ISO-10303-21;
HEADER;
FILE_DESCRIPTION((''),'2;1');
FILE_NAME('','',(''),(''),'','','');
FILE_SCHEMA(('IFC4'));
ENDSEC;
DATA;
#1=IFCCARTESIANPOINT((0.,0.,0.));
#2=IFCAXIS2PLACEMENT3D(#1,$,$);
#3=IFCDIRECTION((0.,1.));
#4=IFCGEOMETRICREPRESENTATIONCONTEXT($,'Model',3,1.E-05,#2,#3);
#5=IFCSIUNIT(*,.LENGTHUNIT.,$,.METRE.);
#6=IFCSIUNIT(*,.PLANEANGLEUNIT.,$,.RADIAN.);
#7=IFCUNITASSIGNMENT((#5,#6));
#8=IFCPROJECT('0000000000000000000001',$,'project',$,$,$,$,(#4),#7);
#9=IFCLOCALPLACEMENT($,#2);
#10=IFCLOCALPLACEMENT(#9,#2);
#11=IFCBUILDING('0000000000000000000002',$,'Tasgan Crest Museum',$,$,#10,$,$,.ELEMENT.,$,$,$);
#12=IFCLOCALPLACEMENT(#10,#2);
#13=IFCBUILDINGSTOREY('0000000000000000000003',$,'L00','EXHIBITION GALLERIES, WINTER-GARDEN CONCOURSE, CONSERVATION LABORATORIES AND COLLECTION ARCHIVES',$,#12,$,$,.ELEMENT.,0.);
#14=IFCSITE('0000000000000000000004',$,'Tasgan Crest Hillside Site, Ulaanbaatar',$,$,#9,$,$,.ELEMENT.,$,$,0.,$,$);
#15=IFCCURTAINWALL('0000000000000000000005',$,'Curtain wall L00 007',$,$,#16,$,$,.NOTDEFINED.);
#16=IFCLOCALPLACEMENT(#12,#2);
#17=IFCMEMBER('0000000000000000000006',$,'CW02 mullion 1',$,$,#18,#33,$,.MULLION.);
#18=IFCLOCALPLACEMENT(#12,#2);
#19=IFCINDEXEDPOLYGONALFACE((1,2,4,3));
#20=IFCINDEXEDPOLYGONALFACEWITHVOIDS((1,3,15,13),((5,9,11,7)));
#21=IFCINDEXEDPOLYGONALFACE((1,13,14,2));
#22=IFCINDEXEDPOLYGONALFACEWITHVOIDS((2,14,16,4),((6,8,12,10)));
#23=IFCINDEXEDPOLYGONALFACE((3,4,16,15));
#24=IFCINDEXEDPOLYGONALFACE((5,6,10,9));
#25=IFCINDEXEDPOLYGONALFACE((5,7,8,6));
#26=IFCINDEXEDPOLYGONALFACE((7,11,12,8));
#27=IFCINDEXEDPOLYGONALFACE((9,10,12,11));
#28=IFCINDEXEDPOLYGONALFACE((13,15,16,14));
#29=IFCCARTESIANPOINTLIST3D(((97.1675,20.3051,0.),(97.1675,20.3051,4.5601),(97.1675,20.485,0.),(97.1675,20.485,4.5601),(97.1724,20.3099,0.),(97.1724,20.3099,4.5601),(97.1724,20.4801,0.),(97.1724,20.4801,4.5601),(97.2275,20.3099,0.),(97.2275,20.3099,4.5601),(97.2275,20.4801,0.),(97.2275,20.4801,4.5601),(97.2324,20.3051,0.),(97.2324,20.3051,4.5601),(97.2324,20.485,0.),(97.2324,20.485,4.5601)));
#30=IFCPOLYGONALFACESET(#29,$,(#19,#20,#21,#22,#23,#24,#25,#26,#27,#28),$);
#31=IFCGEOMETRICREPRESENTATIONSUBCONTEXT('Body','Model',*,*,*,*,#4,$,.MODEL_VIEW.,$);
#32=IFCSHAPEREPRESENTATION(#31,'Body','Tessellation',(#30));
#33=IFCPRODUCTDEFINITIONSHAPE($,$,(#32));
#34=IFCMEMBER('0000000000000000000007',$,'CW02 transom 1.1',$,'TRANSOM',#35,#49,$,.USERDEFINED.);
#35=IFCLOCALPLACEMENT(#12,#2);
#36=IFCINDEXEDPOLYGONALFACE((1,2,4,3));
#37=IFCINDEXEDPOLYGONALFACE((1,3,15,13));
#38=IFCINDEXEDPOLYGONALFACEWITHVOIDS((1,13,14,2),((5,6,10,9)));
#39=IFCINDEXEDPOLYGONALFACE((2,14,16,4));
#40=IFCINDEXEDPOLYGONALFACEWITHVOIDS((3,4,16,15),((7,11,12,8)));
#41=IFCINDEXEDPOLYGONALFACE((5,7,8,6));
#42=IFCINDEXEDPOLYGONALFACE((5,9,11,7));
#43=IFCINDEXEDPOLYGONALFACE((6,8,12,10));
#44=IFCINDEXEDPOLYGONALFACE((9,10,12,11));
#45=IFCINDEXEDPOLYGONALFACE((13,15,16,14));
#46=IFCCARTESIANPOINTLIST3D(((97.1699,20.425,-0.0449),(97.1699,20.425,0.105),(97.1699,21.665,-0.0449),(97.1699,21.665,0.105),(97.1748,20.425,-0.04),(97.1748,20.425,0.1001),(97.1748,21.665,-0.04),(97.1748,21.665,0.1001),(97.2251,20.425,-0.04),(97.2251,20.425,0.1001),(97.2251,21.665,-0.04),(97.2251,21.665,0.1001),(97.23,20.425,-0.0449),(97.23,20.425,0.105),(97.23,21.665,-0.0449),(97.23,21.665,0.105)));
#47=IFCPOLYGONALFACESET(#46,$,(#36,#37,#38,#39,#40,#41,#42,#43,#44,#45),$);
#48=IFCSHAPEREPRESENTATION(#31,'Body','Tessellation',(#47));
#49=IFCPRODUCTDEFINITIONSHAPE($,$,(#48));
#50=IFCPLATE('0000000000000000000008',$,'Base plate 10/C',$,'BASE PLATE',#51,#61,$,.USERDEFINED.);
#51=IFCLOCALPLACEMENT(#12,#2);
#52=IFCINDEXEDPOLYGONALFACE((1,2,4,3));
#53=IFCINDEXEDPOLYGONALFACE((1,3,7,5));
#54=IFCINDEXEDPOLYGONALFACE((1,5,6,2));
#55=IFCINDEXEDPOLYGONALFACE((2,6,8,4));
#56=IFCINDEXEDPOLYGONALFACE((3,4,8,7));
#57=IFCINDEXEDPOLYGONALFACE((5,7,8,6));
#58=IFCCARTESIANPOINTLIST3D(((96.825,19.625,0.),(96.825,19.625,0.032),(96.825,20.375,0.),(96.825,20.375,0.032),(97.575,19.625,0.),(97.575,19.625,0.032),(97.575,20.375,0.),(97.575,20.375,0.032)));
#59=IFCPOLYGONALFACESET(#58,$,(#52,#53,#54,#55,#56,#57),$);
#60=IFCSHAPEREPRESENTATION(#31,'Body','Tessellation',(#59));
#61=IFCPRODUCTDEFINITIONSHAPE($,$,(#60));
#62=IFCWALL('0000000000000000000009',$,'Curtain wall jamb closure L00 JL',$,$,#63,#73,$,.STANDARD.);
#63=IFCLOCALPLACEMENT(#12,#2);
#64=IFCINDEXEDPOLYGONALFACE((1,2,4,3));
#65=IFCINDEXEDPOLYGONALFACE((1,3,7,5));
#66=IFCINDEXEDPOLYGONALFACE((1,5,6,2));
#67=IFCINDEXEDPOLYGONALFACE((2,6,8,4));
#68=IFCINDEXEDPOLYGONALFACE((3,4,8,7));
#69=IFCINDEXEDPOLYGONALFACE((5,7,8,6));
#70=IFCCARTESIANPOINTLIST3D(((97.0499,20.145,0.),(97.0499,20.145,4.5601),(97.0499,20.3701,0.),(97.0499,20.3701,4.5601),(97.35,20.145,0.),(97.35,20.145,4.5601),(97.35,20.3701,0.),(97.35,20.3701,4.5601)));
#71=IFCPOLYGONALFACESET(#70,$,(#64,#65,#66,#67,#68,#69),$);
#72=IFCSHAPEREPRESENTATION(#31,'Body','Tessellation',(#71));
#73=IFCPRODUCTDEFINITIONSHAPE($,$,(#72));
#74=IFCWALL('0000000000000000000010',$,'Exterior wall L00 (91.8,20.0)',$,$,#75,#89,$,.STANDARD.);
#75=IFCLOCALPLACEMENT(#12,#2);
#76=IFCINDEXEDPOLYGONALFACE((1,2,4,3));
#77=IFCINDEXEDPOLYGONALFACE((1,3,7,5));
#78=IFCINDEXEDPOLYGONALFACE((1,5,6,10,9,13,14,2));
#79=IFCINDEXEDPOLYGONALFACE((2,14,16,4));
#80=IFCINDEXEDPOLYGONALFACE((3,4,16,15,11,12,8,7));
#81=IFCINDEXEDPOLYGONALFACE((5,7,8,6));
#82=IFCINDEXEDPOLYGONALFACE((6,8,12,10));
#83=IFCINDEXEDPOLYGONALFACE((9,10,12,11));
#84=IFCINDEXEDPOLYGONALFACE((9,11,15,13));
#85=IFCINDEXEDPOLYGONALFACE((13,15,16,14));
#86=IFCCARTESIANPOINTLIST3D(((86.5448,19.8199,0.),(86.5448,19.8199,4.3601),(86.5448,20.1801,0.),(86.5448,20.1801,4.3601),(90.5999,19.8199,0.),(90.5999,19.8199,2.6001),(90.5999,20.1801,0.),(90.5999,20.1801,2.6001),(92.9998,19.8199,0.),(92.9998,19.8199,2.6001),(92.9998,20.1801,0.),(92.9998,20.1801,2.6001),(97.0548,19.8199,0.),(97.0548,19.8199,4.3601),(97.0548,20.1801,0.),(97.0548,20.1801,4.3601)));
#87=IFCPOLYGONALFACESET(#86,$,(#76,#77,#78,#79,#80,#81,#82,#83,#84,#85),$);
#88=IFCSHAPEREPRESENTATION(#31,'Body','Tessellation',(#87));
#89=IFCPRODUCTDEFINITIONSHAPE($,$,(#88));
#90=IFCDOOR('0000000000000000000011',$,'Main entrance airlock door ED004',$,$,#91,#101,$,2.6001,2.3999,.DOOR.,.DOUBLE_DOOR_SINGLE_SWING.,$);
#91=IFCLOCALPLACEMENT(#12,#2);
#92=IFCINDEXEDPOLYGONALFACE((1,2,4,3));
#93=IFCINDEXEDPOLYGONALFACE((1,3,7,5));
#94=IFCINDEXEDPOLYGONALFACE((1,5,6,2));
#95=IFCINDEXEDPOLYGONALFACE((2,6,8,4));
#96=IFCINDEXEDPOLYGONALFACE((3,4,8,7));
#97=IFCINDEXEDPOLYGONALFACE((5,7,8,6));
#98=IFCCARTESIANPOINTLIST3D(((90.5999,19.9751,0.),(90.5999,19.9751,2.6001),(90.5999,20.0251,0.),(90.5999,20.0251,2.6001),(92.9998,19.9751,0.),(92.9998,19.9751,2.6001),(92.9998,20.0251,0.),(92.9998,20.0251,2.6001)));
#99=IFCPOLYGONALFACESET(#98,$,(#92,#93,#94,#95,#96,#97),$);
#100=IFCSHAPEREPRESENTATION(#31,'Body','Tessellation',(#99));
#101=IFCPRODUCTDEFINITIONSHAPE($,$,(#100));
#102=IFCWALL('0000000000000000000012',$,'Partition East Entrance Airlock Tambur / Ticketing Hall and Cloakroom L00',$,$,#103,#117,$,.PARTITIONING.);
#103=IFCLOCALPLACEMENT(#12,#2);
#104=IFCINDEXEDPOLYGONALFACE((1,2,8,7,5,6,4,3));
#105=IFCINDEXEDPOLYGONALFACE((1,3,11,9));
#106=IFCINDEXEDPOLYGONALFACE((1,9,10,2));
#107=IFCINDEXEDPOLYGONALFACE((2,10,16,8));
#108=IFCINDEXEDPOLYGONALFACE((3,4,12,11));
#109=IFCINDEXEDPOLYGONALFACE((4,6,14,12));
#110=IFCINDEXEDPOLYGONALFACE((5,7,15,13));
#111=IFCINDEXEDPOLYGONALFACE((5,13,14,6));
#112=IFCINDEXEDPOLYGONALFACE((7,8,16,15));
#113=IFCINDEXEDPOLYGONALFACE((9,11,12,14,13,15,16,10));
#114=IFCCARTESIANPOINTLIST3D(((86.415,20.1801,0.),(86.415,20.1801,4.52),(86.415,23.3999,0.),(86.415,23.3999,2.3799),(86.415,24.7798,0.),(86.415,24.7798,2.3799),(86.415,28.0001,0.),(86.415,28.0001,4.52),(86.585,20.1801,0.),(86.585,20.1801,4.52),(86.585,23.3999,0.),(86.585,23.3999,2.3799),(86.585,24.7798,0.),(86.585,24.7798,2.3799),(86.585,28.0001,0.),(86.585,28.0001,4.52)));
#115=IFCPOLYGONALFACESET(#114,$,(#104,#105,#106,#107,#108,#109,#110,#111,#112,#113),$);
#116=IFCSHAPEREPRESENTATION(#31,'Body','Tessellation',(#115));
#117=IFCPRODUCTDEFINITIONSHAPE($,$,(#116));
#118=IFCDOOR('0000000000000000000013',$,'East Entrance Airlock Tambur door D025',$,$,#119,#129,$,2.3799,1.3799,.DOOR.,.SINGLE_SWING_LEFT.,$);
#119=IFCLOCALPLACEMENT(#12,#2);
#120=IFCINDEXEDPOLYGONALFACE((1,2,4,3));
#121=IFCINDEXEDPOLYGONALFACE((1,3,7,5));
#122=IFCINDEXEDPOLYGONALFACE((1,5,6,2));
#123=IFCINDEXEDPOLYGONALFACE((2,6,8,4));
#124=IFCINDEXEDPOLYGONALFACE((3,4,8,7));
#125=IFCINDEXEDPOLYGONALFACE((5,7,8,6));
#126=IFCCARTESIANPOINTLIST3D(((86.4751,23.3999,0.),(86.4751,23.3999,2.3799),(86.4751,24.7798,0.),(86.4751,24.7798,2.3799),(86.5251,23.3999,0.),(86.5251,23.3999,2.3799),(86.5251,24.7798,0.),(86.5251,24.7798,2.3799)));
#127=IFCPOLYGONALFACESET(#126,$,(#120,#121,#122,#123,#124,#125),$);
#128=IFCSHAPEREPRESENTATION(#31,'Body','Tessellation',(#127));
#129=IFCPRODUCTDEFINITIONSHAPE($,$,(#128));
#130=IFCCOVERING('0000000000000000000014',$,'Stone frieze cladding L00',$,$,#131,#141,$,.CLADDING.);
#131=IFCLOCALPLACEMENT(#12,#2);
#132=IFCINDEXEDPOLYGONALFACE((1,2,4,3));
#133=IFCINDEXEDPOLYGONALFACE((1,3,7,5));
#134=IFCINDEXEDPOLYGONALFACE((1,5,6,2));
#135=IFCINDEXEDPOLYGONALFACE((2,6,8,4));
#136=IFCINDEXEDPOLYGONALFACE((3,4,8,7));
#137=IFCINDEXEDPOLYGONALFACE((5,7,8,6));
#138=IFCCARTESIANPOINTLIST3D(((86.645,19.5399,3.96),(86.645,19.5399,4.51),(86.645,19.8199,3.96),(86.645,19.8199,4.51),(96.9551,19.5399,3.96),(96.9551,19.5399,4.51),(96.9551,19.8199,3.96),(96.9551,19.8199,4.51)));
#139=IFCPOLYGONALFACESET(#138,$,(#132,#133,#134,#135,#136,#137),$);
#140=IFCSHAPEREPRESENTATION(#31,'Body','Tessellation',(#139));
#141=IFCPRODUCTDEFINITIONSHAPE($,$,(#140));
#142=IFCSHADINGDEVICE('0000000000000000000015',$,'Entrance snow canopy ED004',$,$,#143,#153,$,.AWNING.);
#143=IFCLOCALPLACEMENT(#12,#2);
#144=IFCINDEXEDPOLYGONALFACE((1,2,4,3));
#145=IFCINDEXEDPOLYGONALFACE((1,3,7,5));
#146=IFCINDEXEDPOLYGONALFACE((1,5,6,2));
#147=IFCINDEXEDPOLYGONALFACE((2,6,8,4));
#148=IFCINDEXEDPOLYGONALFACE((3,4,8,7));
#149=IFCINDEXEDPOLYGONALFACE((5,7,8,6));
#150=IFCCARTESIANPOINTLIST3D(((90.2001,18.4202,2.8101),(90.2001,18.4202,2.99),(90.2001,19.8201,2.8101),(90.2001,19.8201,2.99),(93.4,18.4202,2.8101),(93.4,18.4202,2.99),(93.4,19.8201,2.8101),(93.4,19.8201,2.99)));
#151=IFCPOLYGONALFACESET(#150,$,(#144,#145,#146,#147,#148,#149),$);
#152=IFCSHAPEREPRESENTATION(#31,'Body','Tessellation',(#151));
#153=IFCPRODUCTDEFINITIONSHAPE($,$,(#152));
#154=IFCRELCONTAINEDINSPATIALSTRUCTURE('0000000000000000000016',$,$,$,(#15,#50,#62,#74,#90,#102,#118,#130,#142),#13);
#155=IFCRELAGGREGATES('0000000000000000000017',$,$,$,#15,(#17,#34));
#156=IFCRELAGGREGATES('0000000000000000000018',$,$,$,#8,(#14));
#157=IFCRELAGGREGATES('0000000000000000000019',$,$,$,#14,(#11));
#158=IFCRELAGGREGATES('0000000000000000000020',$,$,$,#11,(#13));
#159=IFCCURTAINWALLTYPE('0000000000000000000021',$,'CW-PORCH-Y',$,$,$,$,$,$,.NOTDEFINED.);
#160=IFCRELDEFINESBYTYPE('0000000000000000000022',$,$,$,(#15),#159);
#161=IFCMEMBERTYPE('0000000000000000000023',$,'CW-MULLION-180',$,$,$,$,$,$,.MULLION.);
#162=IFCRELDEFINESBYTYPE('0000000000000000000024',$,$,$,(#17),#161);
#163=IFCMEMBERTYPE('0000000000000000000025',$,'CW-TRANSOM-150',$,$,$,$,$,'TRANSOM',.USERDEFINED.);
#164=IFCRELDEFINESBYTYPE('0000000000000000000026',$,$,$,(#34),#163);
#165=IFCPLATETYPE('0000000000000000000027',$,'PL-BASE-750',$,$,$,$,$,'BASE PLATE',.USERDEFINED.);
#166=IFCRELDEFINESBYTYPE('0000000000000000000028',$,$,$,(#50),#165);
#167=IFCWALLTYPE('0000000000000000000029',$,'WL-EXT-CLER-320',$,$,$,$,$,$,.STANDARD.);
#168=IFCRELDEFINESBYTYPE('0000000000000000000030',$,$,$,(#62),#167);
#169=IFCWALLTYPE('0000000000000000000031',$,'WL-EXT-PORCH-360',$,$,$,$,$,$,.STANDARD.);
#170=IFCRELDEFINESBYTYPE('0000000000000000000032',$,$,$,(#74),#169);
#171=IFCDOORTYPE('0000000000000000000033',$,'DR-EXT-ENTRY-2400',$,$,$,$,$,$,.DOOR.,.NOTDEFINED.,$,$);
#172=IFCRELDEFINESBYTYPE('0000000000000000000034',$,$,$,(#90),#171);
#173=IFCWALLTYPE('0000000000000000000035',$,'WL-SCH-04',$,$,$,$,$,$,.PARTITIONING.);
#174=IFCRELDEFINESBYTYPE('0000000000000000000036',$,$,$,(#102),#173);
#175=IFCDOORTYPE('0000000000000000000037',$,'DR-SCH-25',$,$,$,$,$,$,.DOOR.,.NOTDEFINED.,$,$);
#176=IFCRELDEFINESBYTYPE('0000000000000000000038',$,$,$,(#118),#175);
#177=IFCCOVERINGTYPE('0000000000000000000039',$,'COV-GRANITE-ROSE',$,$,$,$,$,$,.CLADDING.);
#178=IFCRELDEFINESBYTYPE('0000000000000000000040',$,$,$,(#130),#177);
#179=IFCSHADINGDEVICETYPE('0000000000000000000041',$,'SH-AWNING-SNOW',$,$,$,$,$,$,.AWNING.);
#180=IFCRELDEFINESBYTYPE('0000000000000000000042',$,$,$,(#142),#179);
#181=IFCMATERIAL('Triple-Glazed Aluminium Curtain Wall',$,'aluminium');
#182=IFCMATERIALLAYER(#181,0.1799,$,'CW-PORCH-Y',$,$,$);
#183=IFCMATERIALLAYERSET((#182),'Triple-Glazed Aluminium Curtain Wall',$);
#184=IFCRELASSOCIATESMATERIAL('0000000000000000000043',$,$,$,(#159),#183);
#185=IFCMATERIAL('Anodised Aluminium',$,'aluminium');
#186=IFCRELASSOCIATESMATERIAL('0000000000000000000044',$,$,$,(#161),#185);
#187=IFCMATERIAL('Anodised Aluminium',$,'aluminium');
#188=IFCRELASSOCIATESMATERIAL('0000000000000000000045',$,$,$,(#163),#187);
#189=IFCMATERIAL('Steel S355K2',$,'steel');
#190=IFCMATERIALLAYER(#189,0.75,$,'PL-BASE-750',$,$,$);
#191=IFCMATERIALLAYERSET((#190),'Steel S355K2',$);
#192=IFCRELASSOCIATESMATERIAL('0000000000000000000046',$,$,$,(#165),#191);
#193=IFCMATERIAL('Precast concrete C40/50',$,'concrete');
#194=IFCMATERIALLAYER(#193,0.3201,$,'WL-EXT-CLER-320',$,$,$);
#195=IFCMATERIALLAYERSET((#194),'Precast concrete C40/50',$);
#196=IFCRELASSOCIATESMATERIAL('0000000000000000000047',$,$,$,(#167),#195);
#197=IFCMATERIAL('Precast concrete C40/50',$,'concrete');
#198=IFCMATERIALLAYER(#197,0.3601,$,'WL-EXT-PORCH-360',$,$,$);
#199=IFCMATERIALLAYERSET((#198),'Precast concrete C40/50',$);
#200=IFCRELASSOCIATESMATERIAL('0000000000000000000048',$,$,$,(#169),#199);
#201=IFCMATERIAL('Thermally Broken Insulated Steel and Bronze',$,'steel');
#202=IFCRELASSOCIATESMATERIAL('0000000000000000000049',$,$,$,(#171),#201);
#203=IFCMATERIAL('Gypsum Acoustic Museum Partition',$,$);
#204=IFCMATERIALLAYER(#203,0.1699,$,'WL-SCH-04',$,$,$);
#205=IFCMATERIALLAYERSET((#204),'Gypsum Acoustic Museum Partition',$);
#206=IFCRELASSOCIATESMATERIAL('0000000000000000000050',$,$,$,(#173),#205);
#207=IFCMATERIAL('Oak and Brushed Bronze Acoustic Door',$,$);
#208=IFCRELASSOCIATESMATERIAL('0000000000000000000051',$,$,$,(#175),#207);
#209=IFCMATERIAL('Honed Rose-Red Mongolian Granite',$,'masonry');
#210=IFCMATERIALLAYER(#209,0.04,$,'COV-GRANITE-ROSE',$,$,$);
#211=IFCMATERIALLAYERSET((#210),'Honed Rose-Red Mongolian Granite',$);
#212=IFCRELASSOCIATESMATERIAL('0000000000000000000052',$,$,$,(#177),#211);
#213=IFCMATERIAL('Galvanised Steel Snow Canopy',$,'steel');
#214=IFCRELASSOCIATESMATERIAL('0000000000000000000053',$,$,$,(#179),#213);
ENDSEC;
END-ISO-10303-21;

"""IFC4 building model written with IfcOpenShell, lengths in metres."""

from ifc_helpers import new_model, si_unit, direction, frame, frame_2d, origin, origin_2d, place, context, subcontext, project, spatial, rectangle, hollow_rectangle, extrude, material, layer, layer_set, material_profile, profile_set, type_object, element, fill, aggregate, save


model = new_model("IFC4")

# Units and contexts
model_context = context("Model", 3, precision=1e-05, world=origin(), true_north=direction((0.0, 1.0)))
body_context = subcontext(model_context, "Body", "Model", "MODEL_VIEW")
ifc_project = project(units=[si_unit("LENGTHUNIT", "METRE"), si_unit("PLANEANGLEUNIT", "RADIAN")], contexts=[model_context])

# Site, building, storey
site_placement = place(None, origin())
site = spatial("IfcSite", under=ifc_project, at=site_placement, Name="Tasgan Crest Hillside Site, Ulaanbaatar", CompositionType="ELEMENT", RefElevation=0.0)
building_placement = place(site_placement, origin())
building = spatial("IfcBuilding", under=site, at=building_placement, Name="Tasgan Crest Museum", CompositionType="ELEMENT")
storey_placement = place(building_placement, origin())
storey = spatial("IfcBuildingStorey", under=building, at=storey_placement, Name="L00", Description="EXHIBITION GALLERIES, WINTER-GARDEN CONCOURSE, CONSERVATION LABORATORIES AND COLLECTION ARCHIVES", CompositionType="ELEMENT", Elevation=0.0)

# Curtain wall, members
ifc_material_1 = material(Name="Triple-Glazed Aluminium Curtain Wall", Category="aluminium")
ifc_layer_1 = layer(ifc_material_1, 0.1799, Name="CW-PORCH-Y")
ifc_layer_set_1 = layer_set([ifc_layer_1], Name="Triple-Glazed Aluminium Curtain Wall")
curtain_wall_type = type_object("IfcCurtainWallType", Name="CW-PORCH-Y", PredefinedType="NOTDEFINED", material=ifc_layer_set_1)
curtain_wall_placement = place(storey_placement, origin())
curtain_wall = element("IfcCurtainWall", 1, at=curtain_wall_placement, inside=storey, type_object=curtain_wall_type, Name="Curtain wall L00 007", PredefinedType="NOTDEFINED")
ifc_material_2 = material(Name="Anodised Aluminium", Category="aluminium")
ifc_material_profile_1 = material_profile(ifc_material_2, hollow_rectangle(XDim=0.0649, YDim=0.1799, WallThickness=0.0049, at=origin_2d()), Name="ALU MULLION 180x65x5")
ifc_profile_set_1 = profile_set([ifc_material_profile_1], Name="Anodised Aluminium")
member_type_1 = type_object("IfcMemberType", Name="CW-MULLION-180", PredefinedType="MULLION", material=ifc_profile_set_1)
member_1_placement = place(storey_placement, frame((97.2, 20.395, 0.0), z_axis=(0.0, 0.0, 1.0), x_axis=(-1.0, 0.0, 0.0)))
member_1 = element("IfcMember", 2, at=member_1_placement, type_object=member_type_1, Name="CW02 mullion 1", PredefinedType="MULLION", context=body_context, shape_type="SweptSolid", body=[
    extrude(hollow_rectangle(XDim=0.0649, YDim=0.1799, WallThickness=0.0049, at=origin_2d()), origin(), (0.0, 0.0, 1.0), 4.5601),
])
ifc_material_3 = material(Name="Anodised Aluminium", Category="aluminium")
ifc_material_profile_2 = material_profile(ifc_material_3, hollow_rectangle(XDim=0.0601, YDim=0.1499, WallThickness=0.0049, at=origin_2d()), Name="ALU TRANSOM 150x60x5")
ifc_profile_set_2 = profile_set([ifc_material_profile_2], Name="Anodised Aluminium")
member_type_2 = type_object("IfcMemberType", Name="CW-TRANSOM-150", ElementType="TRANSOM", PredefinedType="USERDEFINED", material=ifc_profile_set_2)
member_2_placement = place(storey_placement, frame((97.2, 20.425, 0.03), z_axis=(0.0, 1.0, 0.0), x_axis=(-1.0, 0.0, 0.0)))
member_2 = element("IfcMember", 3, at=member_2_placement, type_object=member_type_2, Name="CW02 transom 1.1", ObjectType="TRANSOM", PredefinedType="USERDEFINED", context=body_context, shape_type="SweptSolid", body=[
    extrude(hollow_rectangle(XDim=0.0601, YDim=0.1499, WallThickness=0.0049, at=origin_2d()), origin(), (0.0, 0.0, 1.0), 1.24),
])
aggregate(curtain_wall, [member_1, member_2])

# Plate
ifc_material_4 = material(Name="Steel S355K2", Category="steel")
ifc_layer_2 = layer(ifc_material_4, 0.75, Name="PL-BASE-750")
ifc_layer_set_2 = layer_set([ifc_layer_2], Name="Steel S355K2")
plate_type = type_object("IfcPlateType", Name="PL-BASE-750", ElementType="BASE PLATE", PredefinedType="USERDEFINED", material=ifc_layer_set_2)
plate_placement = place(storey_placement, frame((97.2, 20.0, 0.0), z_axis=(0.0, 0.0, 1.0), x_axis=(1.0, 0.0, 0.0)))
element("IfcPlate", 4, at=plate_placement, inside=storey, type_object=plate_type, Name="Base plate 10/C", ObjectType="BASE PLATE", PredefinedType="USERDEFINED", context=body_context, shape_type="SweptSolid", body=[
    extrude(rectangle(XDim=0.75, YDim=0.75, at=origin_2d()), origin(), (0.0, 0.0, 1.0), 0.032),
])

# Wall
ifc_material_5 = material(Name="Precast concrete C40/50", Category="concrete")
ifc_layer_3 = layer(ifc_material_5, 0.3201, Name="WL-EXT-CLER-320")
ifc_layer_set_3 = layer_set([ifc_layer_3], Name="Precast concrete C40/50")
wall_type_1 = type_object("IfcWallType", Name="WL-EXT-CLER-320", PredefinedType="STANDARD", material=ifc_layer_set_3)
wall_1_placement = place(storey_placement, frame((97.2, 20.145, 0.0), z_axis=(0.0, 0.0, 1.0), x_axis=(0.0, 1.0, 0.0)))
element("IfcWall", 5, at=wall_1_placement, inside=storey, type_object=wall_type_1, Name="Curtain wall jamb closure L00 JL", PredefinedType="STANDARD", context=body_context, shape_type="SweptSolid", body=[
    extrude(rectangle(XDim=0.2251, YDim=0.3, at=frame_2d((0.1125, 0.0))), origin(), (0.0, 0.0, 1.0), 4.5601),
])

# Walls, openings, doors
ifc_material_6 = material(Name="Precast concrete C40/50", Category="concrete")
ifc_layer_4 = layer(ifc_material_6, 0.3601, Name="WL-EXT-PORCH-360")
ifc_layer_set_4 = layer_set([ifc_layer_4], Name="Precast concrete C40/50")
wall_type_2 = type_object("IfcWallType", Name="WL-EXT-PORCH-360", PredefinedType="STANDARD", material=ifc_layer_set_4)
wall_2_placement = place(storey_placement, frame((86.5449, 20.0, 0.0), z_axis=(0.0, 0.0, 1.0), x_axis=(1.0, 0.0, 0.0)))
wall_2 = element("IfcWall", 6, at=wall_2_placement, inside=storey, type_object=wall_type_2, Name="Exterior wall L00 (91.8,20.0)", PredefinedType="STANDARD", context=body_context, shape_type="SweptSolid", body=[
    extrude(rectangle(XDim=10.51, YDim=0.3601, at=frame_2d((5.2549, 0.0))), origin(), (0.0, 0.0, 1.0), 4.3601),
])
opening_1_placement = place(wall_2_placement, frame((4.0549, 0.0, 0.0)))
opening_1 = element("IfcOpeningElement", 7, at=opening_1_placement, cuts=wall_2, PredefinedType="OPENING", context=body_context, shape_type="SweptSolid", body=[
    extrude(rectangle(XDim=2.3999, YDim=2.6001, at=frame_2d((1.2, 1.3))), frame((0.0, 0.1899, 0.0), z_axis=(0.0, -1.0, 0.0), x_axis=(1.0, 0.0, 0.0)), (0.0, 0.0, 1.0), 0.3801),
])
ifc_material_7 = material(Name="Thermally Broken Insulated Steel and Bronze", Category="steel")
door_type_1 = type_object("IfcDoorType", Name="DR-EXT-ENTRY-2400", OperationType="NOTDEFINED", PredefinedType="DOOR", material=ifc_material_7)
door_1_placement = place(opening_1_placement, frame((2.3999, 0.0, 0.0), z_axis=(0.0, 0.0, 1.0), x_axis=(-1.0, 0.0, 0.0)))
door_1 = element("IfcDoor", 8, at=door_1_placement, inside=storey, type_object=door_type_1, Name="Main entrance airlock door ED004", OperationType="DOUBLE_DOOR_SINGLE_SWING", OverallHeight=2.6001, OverallWidth=2.3999, PredefinedType="DOOR", context=body_context, shape_type="SweptSolid", body=[
    extrude(rectangle(XDim=2.3999, YDim=2.6001, at=frame_2d((1.2, 1.3))), frame((0.0, 0.0249, 0.0), z_axis=(0.0, -1.0, 0.0), x_axis=(1.0, 0.0, 0.0)), (0.0, 0.0, 1.0), 0.05),
])
fill(opening_1, door_1)
ifc_material_8 = material(Name="Gypsum Acoustic Museum Partition")
ifc_layer_5 = layer(ifc_material_8, 0.1699, Name="WL-SCH-04")
ifc_layer_set_5 = layer_set([ifc_layer_5], Name="Gypsum Acoustic Museum Partition")
wall_type_3 = type_object("IfcWallType", Name="WL-SCH-04", PredefinedType="PARTITIONING", material=ifc_layer_set_5)
wall_3_placement = place(storey_placement, frame((86.5, 20.1799, 0.0), z_axis=(0.0, 0.0, 1.0), x_axis=(0.0, 1.0, 0.0)))
wall_3 = element("IfcWall", 9, at=wall_3_placement, inside=storey, type_object=wall_type_3, Name="Partition East Entrance Airlock Tambur / Ticketing Hall and Cloakroom L00", PredefinedType="PARTITIONING", context=body_context, shape_type="SweptSolid", body=[
    extrude(rectangle(XDim=7.8201, YDim=0.1699, at=frame_2d((3.9102, 0.0))), origin(), (0.0, 0.0, 1.0), 4.52),
])
opening_2_placement = place(wall_3_placement, frame((3.22, 0.0, 0.0)))
opening_2 = element("IfcOpeningElement", 10, at=opening_2_placement, cuts=wall_3, PredefinedType="OPENING", context=body_context, shape_type="SweptSolid", body=[
    extrude(rectangle(XDim=1.3799, YDim=2.3799, at=frame_2d((0.6899, 1.1899))), frame((0.0, 0.095, 0.0), z_axis=(0.0, -1.0, 0.0), x_axis=(1.0, 0.0, 0.0)), (0.0, 0.0, 1.0), 0.1899),
])
ifc_material_9 = material(Name="Oak and Brushed Bronze Acoustic Door")
door_type_2 = type_object("IfcDoorType", Name="DR-SCH-25", OperationType="NOTDEFINED", PredefinedType="DOOR", material=ifc_material_9)
door_2_placement = place(opening_2_placement, origin())
door_2 = element("IfcDoor", 11, at=door_2_placement, inside=storey, type_object=door_type_2, Name="East Entrance Airlock Tambur door D025", OperationType="SINGLE_SWING_LEFT", OverallHeight=2.3799, OverallWidth=1.3799, PredefinedType="DOOR", context=body_context, shape_type="SweptSolid", body=[
    extrude(rectangle(XDim=1.3799, YDim=2.3799, at=frame_2d((0.6899, 1.1899))), frame((0.0, 0.0249, 0.0), z_axis=(0.0, -1.0, 0.0), x_axis=(1.0, 0.0, 0.0)), (0.0, 0.0, 1.0), 0.05),
])
fill(opening_2, door_2)

# Covering
ifc_material_10 = material(Name="Honed Rose-Red Mongolian Granite", Category="masonry")
ifc_layer_6 = layer(ifc_material_10, 0.04, Name="COV-GRANITE-ROSE")
ifc_layer_set_6 = layer_set([ifc_layer_6], Name="Honed Rose-Red Mongolian Granite")
covering_type = type_object("IfcCoveringType", Name="COV-GRANITE-ROSE", PredefinedType="CLADDING", material=ifc_layer_set_6)
covering_placement = place(storey_placement, frame((91.8, 19.6799, 3.96), z_axis=(0.0, 0.0, 1.0), x_axis=(1.0, 0.0, 0.0)))
element("IfcCovering", 12, at=covering_placement, inside=storey, type_object=covering_type, Name="Stone frieze cladding L00", PredefinedType="CLADDING", context=body_context, shape_type="SweptSolid", body=[
    extrude(rectangle(XDim=10.3101, YDim=0.28, at=origin_2d()), origin(), (0.0, 0.0, 1.0), 0.55),
])

# Shading device
ifc_material_11 = material(Name="Galvanised Steel Snow Canopy", Category="steel")
shading_device_type = type_object("IfcShadingDeviceType", Name="SH-AWNING-SNOW", PredefinedType="AWNING", material=ifc_material_11)
shading_device_placement = place(storey_placement, frame((91.8, 19.1201, 2.8101), z_axis=(0.0, 0.0, 1.0), x_axis=(1.0, 0.0, 0.0)))
element("IfcShadingDevice", 13, at=shading_device_placement, inside=storey, type_object=shading_device_type, Name="Entrance snow canopy ED004", PredefinedType="AWNING", context=body_context, shape_type="SweptSolid", body=[
    extrude(rectangle(XDim=3.2, YDim=1.3999, at=origin_2d()), origin(), (0.0, 0.0, 1.0), 0.1799),
])

save(model, "model.ifc")
